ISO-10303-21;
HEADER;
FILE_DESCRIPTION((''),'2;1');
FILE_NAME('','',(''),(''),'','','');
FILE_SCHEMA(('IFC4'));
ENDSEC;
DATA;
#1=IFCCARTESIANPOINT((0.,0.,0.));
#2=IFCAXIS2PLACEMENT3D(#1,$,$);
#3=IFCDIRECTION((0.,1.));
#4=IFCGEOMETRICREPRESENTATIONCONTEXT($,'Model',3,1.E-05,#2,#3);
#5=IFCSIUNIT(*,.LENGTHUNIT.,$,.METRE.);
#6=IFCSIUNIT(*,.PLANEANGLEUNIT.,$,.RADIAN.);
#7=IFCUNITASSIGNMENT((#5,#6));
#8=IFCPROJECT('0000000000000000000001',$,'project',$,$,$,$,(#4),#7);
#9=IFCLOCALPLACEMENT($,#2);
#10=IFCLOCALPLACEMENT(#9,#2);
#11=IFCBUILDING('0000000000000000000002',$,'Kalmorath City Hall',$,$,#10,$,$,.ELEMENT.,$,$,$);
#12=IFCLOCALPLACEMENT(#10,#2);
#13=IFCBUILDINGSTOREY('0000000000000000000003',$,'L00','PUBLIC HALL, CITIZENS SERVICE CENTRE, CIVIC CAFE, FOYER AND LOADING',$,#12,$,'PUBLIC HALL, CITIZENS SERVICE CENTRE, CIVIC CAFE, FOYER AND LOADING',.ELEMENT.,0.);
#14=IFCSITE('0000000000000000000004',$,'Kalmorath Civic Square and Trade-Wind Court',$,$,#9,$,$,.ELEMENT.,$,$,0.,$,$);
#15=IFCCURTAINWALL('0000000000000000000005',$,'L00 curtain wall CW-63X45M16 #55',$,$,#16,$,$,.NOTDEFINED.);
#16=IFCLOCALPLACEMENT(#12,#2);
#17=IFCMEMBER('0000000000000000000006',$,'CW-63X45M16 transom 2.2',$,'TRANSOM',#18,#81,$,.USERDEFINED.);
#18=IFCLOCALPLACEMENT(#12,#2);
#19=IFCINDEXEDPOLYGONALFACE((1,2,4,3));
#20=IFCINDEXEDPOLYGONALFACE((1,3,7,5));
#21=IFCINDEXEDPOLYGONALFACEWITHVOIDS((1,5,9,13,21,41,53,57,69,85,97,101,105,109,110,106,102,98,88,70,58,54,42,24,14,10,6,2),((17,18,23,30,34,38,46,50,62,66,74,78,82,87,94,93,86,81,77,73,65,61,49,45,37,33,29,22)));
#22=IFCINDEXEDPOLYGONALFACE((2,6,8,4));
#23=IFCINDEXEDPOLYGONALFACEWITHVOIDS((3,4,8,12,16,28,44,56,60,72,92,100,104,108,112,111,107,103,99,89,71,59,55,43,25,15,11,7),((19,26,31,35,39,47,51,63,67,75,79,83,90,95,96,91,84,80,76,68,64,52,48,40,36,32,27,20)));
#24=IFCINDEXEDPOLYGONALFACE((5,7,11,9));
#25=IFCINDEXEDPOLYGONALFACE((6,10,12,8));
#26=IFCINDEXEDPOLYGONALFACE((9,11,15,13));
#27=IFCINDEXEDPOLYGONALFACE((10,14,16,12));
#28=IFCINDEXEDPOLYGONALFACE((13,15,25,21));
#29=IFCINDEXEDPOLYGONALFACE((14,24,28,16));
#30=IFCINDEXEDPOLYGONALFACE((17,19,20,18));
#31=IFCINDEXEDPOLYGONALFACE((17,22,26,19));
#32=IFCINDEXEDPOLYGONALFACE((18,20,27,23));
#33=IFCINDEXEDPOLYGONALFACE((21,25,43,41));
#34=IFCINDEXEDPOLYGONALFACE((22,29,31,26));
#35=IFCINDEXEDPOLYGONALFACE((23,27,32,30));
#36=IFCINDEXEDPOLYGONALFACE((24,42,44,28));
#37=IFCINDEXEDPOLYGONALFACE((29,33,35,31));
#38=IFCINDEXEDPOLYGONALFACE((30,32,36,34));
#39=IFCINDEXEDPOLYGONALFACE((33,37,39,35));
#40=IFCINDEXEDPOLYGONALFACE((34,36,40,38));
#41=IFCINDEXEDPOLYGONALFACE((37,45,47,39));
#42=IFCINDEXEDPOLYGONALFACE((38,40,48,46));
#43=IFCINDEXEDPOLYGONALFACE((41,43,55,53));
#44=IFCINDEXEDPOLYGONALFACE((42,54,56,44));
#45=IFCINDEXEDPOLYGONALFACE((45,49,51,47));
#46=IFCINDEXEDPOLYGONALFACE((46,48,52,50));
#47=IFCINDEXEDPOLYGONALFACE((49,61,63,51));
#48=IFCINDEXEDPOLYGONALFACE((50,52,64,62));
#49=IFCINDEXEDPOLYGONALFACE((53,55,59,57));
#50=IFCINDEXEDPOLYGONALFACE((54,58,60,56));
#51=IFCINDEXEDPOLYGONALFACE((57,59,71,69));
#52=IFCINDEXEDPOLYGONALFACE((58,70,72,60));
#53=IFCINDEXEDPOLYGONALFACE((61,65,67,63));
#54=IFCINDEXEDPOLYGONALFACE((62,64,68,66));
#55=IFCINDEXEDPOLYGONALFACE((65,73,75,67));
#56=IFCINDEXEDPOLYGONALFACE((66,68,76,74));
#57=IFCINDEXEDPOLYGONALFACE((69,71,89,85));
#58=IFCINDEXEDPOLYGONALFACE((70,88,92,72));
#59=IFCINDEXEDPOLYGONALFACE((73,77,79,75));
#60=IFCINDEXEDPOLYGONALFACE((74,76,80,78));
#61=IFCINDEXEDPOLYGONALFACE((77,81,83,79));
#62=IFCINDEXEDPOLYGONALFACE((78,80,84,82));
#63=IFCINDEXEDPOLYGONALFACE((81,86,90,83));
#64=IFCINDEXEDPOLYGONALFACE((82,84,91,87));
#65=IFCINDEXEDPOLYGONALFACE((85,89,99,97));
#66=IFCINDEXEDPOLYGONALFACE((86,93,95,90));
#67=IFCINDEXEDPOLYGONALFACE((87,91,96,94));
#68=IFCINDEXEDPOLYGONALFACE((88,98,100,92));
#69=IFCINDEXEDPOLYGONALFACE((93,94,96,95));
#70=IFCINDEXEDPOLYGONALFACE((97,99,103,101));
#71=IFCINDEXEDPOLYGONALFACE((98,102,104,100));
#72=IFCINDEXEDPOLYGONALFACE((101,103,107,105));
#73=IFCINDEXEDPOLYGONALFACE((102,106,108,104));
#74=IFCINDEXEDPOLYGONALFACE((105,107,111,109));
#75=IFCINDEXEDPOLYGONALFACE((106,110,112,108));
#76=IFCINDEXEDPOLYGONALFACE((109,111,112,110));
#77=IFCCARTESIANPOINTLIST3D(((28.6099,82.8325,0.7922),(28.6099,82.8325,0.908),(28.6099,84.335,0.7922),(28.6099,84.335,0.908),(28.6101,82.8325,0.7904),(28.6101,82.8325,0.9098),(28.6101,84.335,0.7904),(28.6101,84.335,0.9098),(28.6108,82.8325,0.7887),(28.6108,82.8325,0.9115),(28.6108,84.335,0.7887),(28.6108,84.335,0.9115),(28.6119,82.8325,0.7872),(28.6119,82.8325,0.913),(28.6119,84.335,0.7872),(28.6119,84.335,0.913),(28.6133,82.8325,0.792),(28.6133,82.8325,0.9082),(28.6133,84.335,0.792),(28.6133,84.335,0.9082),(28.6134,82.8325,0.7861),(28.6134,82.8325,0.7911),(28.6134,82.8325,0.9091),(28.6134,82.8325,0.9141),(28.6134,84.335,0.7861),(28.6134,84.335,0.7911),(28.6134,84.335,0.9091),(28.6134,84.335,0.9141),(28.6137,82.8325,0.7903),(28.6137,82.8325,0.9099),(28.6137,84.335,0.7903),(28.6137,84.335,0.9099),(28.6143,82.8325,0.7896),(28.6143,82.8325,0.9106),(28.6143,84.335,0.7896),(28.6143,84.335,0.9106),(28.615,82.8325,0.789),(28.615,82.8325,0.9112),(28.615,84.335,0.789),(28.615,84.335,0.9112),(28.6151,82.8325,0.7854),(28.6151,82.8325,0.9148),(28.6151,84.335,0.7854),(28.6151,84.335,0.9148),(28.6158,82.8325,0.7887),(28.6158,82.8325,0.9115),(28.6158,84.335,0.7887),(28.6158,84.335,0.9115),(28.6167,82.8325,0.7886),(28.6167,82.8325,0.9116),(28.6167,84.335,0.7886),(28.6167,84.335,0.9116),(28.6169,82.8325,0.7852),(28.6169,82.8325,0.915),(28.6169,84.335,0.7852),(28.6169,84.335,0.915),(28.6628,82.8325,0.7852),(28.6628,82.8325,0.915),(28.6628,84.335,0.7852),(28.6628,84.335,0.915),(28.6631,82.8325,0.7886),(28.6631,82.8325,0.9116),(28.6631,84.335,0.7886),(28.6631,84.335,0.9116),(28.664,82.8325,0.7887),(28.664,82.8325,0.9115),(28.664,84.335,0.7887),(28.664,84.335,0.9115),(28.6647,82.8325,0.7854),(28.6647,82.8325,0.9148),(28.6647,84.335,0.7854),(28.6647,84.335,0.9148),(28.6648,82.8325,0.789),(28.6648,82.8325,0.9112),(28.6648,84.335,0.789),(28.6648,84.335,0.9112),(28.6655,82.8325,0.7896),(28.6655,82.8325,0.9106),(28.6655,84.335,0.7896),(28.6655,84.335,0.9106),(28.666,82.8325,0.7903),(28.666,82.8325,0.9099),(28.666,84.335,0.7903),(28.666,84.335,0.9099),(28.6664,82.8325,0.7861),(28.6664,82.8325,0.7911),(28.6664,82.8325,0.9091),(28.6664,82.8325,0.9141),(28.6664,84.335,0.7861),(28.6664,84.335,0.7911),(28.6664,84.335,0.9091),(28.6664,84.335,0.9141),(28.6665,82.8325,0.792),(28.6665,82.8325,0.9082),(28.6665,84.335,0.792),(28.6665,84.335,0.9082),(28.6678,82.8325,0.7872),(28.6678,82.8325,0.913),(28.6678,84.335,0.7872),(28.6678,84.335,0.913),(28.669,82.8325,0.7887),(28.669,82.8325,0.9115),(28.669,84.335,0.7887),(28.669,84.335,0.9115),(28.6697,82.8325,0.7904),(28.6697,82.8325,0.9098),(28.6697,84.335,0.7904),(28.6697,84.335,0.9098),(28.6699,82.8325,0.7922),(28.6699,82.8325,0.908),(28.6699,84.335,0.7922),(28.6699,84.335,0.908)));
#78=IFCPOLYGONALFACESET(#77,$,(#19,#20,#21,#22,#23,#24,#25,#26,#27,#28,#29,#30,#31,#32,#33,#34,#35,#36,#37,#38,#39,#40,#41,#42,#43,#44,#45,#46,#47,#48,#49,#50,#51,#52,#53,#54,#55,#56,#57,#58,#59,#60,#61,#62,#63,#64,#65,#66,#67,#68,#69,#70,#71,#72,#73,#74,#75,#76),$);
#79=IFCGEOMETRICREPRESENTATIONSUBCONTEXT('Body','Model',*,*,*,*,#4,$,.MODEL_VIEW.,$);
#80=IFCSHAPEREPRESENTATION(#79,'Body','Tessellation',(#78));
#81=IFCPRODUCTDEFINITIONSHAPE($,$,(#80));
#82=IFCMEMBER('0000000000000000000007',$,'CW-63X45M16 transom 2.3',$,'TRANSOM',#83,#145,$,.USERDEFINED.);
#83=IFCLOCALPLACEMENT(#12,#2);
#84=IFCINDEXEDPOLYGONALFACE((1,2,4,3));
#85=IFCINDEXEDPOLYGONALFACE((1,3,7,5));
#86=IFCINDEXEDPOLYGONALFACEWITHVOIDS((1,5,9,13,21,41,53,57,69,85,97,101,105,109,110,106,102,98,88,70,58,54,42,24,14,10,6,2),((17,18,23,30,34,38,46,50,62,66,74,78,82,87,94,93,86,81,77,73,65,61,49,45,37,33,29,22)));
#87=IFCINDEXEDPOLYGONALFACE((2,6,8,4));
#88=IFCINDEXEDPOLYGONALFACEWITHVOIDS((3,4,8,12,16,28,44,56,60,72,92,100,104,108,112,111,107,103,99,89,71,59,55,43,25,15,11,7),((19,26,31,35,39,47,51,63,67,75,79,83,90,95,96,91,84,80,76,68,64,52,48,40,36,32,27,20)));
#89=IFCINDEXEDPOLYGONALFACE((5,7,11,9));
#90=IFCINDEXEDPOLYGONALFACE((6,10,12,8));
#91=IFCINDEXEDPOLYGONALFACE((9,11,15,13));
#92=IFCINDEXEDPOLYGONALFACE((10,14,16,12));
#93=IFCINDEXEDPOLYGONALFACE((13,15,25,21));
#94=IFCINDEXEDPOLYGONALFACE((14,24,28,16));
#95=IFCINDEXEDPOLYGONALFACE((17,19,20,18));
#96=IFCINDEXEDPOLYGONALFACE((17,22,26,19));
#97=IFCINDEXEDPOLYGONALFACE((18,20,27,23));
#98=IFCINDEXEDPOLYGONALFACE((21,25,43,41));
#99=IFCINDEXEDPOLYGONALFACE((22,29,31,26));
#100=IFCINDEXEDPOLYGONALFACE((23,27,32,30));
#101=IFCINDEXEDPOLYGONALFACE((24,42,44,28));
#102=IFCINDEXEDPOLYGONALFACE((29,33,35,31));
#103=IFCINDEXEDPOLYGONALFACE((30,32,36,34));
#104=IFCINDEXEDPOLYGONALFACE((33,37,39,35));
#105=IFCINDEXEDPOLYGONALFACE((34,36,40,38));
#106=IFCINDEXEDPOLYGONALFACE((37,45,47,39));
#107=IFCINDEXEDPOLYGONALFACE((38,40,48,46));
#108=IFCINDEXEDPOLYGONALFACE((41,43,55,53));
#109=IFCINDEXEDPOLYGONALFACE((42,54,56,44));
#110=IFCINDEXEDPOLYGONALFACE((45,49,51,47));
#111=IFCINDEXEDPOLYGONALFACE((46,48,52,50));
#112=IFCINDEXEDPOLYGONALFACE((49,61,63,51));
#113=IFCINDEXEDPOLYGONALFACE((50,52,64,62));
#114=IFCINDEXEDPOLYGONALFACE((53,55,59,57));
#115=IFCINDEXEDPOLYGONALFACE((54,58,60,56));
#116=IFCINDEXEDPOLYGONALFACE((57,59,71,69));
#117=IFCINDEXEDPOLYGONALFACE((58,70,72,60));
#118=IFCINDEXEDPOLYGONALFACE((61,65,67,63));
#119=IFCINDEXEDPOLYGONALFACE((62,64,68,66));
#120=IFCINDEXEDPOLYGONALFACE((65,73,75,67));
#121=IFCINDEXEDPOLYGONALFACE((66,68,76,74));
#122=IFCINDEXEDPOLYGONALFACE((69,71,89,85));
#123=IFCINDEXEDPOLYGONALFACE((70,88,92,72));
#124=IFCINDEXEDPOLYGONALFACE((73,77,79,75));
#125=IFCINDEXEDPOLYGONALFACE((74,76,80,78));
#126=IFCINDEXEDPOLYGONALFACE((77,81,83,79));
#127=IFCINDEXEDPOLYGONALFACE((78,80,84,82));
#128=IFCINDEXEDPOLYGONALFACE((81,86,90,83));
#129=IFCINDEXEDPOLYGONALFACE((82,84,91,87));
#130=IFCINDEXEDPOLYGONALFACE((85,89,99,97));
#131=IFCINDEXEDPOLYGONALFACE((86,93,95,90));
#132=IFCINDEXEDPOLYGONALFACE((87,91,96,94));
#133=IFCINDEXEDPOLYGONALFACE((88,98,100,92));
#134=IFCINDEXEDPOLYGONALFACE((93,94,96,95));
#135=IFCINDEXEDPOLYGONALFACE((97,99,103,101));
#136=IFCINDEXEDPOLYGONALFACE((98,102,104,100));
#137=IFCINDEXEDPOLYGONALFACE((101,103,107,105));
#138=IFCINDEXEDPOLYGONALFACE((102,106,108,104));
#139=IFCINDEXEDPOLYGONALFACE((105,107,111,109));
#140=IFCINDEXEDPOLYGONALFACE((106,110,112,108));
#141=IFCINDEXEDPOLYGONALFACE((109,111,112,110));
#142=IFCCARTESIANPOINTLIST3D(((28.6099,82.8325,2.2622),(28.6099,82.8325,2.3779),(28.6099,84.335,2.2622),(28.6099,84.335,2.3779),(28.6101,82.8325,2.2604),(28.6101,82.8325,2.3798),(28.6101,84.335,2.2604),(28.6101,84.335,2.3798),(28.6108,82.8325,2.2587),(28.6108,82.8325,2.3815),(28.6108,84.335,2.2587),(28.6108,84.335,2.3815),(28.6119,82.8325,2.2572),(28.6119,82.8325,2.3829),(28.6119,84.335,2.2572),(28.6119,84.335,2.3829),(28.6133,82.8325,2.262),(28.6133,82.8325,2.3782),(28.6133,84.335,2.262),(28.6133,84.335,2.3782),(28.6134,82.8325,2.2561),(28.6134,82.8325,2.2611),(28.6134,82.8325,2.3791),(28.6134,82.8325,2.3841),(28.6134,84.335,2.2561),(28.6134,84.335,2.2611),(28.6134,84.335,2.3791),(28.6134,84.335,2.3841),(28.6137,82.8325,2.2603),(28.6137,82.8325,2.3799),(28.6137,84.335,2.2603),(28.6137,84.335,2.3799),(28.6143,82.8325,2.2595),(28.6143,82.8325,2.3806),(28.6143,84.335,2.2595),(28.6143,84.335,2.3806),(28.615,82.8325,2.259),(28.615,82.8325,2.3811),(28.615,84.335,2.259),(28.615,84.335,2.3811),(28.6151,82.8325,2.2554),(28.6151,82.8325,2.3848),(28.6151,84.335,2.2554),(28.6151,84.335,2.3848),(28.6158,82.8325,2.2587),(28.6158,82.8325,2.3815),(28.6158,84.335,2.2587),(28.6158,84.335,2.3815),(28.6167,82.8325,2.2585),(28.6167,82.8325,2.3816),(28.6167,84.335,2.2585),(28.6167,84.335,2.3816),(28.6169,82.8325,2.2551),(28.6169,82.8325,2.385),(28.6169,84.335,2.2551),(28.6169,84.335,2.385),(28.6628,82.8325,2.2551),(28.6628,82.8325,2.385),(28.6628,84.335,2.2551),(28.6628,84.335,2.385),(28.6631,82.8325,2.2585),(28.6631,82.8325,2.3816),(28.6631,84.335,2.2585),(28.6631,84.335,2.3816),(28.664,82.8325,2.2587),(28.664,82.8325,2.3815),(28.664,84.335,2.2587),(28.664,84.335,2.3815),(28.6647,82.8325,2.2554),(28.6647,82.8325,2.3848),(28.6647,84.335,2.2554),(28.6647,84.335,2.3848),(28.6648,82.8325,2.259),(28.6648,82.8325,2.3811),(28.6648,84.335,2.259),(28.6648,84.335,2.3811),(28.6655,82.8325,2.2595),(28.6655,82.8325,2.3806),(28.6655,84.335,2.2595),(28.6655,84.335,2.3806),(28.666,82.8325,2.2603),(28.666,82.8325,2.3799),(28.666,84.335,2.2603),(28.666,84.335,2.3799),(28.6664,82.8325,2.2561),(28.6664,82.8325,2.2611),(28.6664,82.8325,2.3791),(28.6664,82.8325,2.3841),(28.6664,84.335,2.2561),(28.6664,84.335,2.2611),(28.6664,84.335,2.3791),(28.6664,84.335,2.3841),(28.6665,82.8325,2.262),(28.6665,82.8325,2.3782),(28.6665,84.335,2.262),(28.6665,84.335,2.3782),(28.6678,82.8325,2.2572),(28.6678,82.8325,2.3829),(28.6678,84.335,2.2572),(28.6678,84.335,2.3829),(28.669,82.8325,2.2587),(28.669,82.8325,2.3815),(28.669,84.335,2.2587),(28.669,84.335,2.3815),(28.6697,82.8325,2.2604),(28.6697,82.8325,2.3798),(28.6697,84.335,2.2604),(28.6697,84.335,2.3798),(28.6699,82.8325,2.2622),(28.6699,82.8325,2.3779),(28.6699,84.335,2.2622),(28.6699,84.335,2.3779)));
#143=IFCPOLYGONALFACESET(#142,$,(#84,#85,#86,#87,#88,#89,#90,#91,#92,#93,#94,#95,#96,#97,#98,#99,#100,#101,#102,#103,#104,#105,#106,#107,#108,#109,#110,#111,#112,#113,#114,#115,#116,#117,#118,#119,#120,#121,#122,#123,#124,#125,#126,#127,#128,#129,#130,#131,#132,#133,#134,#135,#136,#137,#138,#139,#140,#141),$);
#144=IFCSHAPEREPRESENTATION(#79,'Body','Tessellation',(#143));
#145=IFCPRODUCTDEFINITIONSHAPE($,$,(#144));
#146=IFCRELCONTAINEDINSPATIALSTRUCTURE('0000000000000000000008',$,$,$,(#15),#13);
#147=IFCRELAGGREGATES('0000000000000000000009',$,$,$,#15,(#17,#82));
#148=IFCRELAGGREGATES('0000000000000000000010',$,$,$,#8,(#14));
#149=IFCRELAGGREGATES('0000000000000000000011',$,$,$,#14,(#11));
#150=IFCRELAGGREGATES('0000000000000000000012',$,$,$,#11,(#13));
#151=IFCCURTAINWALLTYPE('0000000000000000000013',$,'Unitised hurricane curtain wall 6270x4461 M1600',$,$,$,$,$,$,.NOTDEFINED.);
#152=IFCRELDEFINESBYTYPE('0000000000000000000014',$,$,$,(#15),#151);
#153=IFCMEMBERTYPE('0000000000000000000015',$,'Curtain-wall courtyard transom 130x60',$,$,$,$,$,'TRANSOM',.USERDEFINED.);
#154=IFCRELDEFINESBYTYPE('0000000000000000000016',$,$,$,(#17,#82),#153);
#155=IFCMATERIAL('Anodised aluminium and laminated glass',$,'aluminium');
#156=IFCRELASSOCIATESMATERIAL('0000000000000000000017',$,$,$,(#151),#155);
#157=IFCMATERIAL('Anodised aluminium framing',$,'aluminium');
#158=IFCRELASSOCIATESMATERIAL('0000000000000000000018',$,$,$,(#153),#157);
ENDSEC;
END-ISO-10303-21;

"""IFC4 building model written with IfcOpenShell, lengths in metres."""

from ifc_helpers import new_model, si_unit, direction, frame, origin, origin_2d, place, context, subcontext, project, spatial, hollow_rectangle, extrude, material, material_profile, profile_set, type_object, element, aggregate, save


model = new_model("IFC4")

# Units and contexts
model_context = context("Model", 3, precision=1e-05, world=origin(), true_north=direction((0.0, 1.0)))
body_context = subcontext(model_context, "Body", "Model", "MODEL_VIEW")
ifc_project = project(units=[si_unit("LENGTHUNIT", "METRE"), si_unit("PLANEANGLEUNIT", "RADIAN")], contexts=[model_context])

# Site, building, storey
site_placement = place(None, origin())
site = spatial("IfcSite", under=ifc_project, at=site_placement, Name="Kalmorath Civic Square and Trade-Wind Court", CompositionType="ELEMENT", RefElevation=0.0)
building_placement = place(site_placement, origin())
building = spatial("IfcBuilding", under=site, at=building_placement, Name="Kalmorath City Hall", CompositionType="ELEMENT")
storey_placement = place(building_placement, origin())
storey = spatial("IfcBuildingStorey", under=building, at=storey_placement, Name="L00", Description="PUBLIC HALL, CITIZENS SERVICE CENTRE, CIVIC CAFE, FOYER AND LOADING", LongName="PUBLIC HALL, CITIZENS SERVICE CENTRE, CIVIC CAFE, FOYER AND LOADING", CompositionType="ELEMENT", Elevation=0.0)

# Curtain wall, members
ifc_material_1 = material(Name="Anodised aluminium and laminated glass", Category="aluminium")
curtain_wall_type = type_object("IfcCurtainWallType", Name="Unitised hurricane curtain wall 6270x4461 M1600", PredefinedType="NOTDEFINED", material=ifc_material_1)
curtain_wall_placement = place(storey_placement, origin())
curtain_wall = element("IfcCurtainWall", 1, at=curtain_wall_placement, inside=storey, type_object=curtain_wall_type, Name="L00 curtain wall CW-63X45M16 #55", PredefinedType="NOTDEFINED")
ifc_material_2 = material(Name="Anodised aluminium framing", Category="aluminium")
ifc_material_profile_1 = material_profile(ifc_material_2, hollow_rectangle(XDim=0.0601, YDim=0.1299, WallThickness=0.0034, InnerFilletRadius=0.0034, OuterFilletRadius=0.0071, at=origin_2d()), Name="ALU-TRN-130X60X3.5")
ifc_profile_set_1 = profile_set([ifc_material_profile_1], Name="Anodised aluminium framing")
member_type_1 = type_object("IfcMemberType", Name="Curtain-wall courtyard transom 130x60", ElementType="TRANSOM", PredefinedType="USERDEFINED", material=ifc_profile_set_1)
member_1_placement = place(storey_placement, frame((28.6399, 84.335, 0.8501), z_axis=(0.0, -1.0, 0.0), x_axis=(1.0, 0.0, 0.0)))
member_1 = element("IfcMember", 2, at=member_1_placement, type_object=member_type_1, Name="CW-63X45M16 transom 2.2", ObjectType="TRANSOM", PredefinedType="USERDEFINED", context=body_context, shape_type="SweptSolid", body=[
    extrude(hollow_rectangle(XDim=0.0601, YDim=0.1299, WallThickness=0.0034, InnerFilletRadius=0.0034, OuterFilletRadius=0.0071, at=origin_2d()), origin(), (0.0, 0.0, 1.0), 1.5024),
])
member_2_placement = place(storey_placement, frame((28.6399, 84.335, 2.3201), z_axis=(0.0, -1.0, 0.0), x_axis=(1.0, 0.0, 0.0)))
member_2 = element("IfcMember", 3, at=member_2_placement, type_object=member_type_1, Name="CW-63X45M16 transom 2.3", ObjectType="TRANSOM", PredefinedType="USERDEFINED", context=body_context, shape_type="SweptSolid", body=[
    extrude(hollow_rectangle(XDim=0.0601, YDim=0.1299, WallThickness=0.0034, InnerFilletRadius=0.0034, OuterFilletRadius=0.0071, at=origin_2d()), origin(), (0.0, 0.0, 1.0), 1.5024),
])
aggregate(curtain_wall, [member_1, member_2])

save(model, "model.ifc")
